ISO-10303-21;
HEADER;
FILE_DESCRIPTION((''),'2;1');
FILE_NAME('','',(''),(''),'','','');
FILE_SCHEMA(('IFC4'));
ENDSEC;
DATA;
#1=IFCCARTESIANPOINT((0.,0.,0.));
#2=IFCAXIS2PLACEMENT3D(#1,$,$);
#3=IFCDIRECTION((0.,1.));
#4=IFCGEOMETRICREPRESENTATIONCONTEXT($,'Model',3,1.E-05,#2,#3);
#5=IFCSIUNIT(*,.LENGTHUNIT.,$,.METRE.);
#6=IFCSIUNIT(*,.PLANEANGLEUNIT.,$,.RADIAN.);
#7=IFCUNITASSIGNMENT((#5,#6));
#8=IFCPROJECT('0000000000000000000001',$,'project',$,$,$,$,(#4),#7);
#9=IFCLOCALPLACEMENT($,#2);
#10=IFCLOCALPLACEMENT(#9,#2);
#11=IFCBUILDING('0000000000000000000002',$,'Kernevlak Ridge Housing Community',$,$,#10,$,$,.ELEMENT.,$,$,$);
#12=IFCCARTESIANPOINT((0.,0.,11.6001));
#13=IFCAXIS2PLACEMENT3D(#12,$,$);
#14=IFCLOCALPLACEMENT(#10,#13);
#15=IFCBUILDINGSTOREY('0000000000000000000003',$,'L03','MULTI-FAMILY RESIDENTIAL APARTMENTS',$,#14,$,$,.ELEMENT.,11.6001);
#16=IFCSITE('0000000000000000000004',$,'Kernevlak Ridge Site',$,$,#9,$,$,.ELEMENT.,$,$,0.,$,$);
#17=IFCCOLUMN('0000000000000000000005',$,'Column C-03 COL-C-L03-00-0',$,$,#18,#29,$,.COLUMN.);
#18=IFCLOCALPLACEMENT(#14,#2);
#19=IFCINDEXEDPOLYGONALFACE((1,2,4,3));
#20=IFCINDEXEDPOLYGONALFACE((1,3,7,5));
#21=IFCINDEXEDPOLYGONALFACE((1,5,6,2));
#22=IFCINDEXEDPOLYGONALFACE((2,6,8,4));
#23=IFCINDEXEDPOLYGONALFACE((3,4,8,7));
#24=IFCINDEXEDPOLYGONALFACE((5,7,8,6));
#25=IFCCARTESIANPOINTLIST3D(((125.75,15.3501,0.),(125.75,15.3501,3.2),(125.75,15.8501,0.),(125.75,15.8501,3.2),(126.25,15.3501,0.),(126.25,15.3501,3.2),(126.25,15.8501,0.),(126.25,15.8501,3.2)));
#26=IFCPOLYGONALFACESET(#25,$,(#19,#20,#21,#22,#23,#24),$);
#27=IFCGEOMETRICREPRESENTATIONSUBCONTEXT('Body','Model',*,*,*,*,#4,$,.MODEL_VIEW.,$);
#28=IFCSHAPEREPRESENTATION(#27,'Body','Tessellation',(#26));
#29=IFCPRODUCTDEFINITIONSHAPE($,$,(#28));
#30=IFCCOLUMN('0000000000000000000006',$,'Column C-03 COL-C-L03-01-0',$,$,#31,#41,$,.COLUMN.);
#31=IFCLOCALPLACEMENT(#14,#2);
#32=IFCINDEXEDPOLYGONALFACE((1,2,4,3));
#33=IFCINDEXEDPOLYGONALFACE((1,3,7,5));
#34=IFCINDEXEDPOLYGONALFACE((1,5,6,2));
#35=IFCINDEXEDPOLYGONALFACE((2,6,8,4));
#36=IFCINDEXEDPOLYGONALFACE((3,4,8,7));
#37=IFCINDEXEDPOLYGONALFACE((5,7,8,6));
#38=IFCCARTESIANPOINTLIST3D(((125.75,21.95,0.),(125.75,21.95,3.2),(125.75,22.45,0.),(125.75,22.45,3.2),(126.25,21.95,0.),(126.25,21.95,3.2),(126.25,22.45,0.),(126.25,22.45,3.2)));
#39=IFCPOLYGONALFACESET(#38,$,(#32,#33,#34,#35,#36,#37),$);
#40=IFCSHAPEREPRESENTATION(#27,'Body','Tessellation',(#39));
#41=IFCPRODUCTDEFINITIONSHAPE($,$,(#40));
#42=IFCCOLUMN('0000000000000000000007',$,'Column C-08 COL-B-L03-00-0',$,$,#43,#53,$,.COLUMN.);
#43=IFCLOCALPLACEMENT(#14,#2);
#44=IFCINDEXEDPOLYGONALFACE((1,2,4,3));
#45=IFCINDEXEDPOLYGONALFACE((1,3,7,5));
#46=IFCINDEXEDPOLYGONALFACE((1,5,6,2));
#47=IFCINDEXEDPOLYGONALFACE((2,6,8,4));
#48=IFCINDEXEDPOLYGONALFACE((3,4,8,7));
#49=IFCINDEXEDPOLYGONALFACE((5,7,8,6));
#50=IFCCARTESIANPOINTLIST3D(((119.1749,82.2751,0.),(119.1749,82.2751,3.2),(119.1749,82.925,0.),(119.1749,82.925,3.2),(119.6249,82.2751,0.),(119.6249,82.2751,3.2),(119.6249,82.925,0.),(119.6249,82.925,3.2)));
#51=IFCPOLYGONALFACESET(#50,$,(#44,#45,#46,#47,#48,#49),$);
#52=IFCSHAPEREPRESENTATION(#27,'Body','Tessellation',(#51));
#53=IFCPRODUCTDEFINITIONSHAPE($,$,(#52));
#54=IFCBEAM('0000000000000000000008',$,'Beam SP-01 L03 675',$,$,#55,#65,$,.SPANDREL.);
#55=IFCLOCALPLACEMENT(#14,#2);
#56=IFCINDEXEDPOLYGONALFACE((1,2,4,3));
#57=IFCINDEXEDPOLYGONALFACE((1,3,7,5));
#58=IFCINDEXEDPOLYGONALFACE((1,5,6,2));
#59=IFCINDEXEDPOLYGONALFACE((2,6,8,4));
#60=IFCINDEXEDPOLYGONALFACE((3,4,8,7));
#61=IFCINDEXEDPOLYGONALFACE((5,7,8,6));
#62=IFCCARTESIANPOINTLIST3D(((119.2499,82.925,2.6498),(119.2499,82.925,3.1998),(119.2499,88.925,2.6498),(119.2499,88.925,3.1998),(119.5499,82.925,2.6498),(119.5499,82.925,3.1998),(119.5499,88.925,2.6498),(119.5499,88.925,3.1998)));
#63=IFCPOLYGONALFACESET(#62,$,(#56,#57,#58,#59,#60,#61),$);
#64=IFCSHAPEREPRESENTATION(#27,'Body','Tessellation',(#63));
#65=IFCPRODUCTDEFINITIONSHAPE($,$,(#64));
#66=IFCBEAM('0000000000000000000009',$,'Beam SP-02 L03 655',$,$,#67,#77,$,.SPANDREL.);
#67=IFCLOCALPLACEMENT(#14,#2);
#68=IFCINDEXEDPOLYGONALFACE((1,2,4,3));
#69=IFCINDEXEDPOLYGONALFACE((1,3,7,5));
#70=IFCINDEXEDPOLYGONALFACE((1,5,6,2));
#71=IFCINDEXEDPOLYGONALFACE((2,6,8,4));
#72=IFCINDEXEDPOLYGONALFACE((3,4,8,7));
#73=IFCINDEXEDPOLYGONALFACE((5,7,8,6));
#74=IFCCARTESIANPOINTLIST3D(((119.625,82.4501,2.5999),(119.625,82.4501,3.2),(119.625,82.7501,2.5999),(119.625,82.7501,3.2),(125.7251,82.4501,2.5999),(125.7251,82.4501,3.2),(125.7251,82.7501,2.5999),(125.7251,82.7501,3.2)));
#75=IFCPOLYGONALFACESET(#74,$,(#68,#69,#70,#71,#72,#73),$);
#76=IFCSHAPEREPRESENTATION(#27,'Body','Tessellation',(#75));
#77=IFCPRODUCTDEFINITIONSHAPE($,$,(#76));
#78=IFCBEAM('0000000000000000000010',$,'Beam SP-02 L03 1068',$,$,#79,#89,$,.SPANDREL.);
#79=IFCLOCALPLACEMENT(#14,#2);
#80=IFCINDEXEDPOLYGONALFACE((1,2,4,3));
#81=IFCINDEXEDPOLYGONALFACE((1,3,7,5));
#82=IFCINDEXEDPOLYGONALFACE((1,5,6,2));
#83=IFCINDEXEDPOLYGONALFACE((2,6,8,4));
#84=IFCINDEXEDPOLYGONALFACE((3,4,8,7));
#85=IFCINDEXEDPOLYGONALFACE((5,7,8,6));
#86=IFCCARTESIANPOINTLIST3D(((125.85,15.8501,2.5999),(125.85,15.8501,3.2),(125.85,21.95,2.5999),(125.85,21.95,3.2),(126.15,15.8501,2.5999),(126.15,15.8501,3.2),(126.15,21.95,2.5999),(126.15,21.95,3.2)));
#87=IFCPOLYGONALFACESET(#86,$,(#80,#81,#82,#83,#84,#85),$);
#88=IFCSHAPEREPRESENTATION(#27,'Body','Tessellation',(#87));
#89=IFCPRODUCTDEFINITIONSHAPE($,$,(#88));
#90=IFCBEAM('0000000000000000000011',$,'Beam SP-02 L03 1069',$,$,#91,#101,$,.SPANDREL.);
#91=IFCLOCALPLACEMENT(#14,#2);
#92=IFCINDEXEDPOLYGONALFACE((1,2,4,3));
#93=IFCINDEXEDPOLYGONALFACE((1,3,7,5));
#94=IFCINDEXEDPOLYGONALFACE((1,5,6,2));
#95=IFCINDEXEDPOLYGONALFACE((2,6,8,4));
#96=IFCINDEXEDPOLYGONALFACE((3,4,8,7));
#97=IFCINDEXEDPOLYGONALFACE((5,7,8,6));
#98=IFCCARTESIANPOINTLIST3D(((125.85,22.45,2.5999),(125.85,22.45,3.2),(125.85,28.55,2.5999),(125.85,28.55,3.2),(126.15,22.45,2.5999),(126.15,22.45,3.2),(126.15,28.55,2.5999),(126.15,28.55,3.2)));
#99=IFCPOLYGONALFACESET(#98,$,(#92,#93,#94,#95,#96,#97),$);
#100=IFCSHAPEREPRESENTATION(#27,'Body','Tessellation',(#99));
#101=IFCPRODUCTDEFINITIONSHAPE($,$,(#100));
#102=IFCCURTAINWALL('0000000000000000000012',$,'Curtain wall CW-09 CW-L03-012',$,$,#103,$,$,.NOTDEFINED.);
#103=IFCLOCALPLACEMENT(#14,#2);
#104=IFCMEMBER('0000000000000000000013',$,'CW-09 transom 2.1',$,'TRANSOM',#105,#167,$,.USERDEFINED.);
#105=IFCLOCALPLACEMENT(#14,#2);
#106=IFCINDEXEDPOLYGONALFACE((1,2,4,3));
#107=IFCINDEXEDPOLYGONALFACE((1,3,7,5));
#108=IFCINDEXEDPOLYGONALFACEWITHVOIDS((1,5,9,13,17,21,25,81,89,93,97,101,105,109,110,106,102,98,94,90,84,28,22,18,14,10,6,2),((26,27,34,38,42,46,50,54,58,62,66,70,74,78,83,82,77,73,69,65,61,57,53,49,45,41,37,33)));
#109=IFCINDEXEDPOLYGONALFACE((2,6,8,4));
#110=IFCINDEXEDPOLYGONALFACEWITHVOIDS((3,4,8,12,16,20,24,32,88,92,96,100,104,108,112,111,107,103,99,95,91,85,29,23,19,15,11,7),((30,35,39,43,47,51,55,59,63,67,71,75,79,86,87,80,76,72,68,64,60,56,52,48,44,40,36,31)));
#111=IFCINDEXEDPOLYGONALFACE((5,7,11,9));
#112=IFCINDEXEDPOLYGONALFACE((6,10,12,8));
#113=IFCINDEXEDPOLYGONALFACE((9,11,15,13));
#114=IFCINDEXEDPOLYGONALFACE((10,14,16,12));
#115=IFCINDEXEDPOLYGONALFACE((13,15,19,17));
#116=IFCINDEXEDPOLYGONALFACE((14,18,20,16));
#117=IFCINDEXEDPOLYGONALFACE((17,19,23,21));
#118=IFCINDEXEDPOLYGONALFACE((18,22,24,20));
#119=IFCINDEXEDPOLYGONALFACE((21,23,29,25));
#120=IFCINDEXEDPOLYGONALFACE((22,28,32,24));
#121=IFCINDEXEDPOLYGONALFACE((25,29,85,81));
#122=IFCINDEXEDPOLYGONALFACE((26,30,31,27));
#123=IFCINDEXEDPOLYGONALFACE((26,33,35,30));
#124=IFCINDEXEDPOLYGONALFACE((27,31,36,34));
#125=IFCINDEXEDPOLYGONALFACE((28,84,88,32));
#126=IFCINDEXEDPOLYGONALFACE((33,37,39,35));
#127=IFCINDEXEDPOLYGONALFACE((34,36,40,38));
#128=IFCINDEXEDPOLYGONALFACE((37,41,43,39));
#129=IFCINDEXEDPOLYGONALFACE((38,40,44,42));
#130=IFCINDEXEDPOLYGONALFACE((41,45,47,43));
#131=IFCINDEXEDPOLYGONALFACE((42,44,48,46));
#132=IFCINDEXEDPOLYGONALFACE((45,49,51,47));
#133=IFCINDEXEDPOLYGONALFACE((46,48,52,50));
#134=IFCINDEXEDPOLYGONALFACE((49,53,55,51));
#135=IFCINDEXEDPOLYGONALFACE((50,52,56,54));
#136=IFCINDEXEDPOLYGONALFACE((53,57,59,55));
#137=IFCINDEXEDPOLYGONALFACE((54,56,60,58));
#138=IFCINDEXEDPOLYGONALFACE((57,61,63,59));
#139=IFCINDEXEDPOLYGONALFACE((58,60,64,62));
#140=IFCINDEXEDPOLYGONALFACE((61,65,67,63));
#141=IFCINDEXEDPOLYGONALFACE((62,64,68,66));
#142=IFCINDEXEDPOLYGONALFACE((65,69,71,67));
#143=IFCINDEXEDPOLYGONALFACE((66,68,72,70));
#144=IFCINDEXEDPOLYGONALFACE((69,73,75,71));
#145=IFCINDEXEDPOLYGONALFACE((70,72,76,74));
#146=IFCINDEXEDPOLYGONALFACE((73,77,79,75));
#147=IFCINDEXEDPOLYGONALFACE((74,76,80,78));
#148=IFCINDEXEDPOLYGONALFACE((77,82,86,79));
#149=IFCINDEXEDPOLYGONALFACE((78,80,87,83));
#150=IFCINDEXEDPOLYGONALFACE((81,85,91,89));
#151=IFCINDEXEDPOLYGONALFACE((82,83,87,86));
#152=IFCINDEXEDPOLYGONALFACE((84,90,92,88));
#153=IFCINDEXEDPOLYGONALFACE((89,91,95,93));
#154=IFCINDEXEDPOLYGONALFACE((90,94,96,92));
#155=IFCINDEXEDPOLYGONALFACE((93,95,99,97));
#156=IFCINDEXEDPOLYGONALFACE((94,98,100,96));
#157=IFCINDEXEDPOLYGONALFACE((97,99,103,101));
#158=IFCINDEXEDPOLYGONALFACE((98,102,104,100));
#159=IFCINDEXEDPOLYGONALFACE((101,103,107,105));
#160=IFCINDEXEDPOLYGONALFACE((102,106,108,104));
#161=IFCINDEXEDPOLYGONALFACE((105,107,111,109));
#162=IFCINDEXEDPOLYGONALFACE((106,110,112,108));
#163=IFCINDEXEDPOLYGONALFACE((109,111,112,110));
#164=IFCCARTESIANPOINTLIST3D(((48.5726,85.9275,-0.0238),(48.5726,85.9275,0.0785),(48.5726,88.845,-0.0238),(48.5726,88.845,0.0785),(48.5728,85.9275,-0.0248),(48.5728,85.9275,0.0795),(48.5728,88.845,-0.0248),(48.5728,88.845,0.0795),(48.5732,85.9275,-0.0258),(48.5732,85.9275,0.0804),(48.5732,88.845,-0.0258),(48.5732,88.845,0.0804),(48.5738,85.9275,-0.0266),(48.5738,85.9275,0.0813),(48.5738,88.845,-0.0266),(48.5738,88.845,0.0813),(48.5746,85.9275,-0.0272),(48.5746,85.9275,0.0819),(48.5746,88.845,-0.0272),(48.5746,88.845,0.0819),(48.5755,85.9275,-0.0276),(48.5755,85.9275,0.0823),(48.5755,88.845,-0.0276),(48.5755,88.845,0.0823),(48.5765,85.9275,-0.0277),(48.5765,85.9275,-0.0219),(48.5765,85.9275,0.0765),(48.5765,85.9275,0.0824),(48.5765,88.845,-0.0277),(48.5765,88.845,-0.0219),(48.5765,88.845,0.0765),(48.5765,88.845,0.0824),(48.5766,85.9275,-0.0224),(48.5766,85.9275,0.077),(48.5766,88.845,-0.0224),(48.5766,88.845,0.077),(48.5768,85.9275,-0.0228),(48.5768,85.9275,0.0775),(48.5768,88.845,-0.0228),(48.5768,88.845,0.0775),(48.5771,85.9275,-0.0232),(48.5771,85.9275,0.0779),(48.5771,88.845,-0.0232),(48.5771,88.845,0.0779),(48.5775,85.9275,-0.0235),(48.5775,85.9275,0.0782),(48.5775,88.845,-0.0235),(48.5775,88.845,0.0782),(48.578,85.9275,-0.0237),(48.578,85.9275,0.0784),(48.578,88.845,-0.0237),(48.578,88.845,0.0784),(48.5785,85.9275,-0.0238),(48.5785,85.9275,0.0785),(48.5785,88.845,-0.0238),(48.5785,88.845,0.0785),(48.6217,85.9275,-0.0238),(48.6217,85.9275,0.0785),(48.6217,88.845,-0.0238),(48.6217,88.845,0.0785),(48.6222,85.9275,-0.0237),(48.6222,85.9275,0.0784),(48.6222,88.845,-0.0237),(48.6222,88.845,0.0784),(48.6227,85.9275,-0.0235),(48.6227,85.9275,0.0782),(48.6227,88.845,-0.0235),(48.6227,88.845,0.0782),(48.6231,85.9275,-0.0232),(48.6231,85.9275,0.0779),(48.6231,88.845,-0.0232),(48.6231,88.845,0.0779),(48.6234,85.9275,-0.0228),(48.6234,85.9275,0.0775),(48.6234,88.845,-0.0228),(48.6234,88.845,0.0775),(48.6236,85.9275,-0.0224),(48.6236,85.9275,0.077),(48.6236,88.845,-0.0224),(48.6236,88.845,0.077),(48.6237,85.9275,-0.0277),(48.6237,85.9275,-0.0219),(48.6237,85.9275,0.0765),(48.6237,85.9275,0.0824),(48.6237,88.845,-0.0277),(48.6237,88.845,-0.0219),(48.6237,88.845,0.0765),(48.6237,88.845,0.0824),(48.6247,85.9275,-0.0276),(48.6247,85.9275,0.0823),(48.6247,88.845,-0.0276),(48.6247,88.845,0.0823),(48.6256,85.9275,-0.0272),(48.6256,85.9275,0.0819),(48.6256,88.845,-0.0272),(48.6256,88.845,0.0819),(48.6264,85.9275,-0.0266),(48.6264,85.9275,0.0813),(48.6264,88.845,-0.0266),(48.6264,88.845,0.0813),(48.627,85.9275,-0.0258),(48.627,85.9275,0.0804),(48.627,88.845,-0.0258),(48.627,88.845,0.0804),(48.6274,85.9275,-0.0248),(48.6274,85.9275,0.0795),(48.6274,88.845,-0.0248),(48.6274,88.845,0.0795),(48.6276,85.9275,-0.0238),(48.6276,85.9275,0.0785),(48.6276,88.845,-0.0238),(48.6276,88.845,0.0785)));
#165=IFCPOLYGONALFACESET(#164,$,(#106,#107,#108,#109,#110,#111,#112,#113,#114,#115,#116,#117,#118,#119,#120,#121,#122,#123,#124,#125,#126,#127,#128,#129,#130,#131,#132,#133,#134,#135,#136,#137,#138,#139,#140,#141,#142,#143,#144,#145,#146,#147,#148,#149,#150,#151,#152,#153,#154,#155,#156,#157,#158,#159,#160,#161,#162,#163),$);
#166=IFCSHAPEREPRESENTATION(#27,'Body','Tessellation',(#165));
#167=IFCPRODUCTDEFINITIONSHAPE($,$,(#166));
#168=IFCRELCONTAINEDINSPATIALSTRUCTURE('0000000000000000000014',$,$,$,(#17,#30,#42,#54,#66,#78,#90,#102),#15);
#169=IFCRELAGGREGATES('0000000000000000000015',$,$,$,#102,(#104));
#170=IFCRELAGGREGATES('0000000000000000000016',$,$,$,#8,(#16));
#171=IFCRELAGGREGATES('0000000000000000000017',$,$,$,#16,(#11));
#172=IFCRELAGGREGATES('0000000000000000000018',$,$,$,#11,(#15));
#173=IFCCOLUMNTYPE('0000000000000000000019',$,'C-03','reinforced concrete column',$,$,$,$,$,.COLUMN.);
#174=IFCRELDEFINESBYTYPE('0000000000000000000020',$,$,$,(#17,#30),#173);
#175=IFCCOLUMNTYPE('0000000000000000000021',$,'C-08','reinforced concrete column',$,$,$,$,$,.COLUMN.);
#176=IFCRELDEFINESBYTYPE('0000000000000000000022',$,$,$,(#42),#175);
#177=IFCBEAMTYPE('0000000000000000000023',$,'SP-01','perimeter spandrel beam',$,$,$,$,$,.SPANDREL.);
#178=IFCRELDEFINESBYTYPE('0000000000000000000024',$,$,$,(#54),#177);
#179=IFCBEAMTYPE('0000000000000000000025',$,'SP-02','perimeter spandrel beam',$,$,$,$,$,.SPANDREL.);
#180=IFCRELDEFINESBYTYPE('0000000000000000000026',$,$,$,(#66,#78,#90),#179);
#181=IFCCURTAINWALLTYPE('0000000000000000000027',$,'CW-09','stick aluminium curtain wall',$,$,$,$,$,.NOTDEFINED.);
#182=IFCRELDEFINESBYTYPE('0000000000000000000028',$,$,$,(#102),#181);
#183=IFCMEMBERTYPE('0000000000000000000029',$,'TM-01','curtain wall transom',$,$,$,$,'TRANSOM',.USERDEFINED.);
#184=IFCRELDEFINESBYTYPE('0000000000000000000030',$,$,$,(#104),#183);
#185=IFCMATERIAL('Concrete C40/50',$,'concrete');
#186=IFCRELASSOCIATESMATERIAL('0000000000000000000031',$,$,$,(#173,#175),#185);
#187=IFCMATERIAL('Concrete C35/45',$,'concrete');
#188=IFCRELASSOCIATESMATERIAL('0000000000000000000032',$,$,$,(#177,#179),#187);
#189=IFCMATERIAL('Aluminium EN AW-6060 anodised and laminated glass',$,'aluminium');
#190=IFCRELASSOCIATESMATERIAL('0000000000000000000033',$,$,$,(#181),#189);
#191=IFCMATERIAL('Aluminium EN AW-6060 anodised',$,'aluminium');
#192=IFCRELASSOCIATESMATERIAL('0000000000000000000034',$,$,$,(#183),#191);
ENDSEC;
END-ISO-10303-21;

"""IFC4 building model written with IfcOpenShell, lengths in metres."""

from ifc_helpers import new_model, si_unit, direction, frame, origin, origin_2d, place, context, subcontext, project, spatial, rectangle, hollow_rectangle, extrude, material, material_profile, profile_set, type_object, element, aggregate, save


model = new_model("IFC4")

# Units and contexts
model_context = context("Model", 3, precision=1e-05, world=origin(), true_north=direction((0.0, 1.0)))
body_context = subcontext(model_context, "Body", "Model", "MODEL_VIEW")
ifc_project = project(units=[si_unit("LENGTHUNIT", "METRE"), si_unit("PLANEANGLEUNIT", "RADIAN")], contexts=[model_context])

# Site, building, storey
site_placement = place(None, origin())
site = spatial("IfcSite", under=ifc_project, at=site_placement, Name="Kernevlak Ridge Site", CompositionType="ELEMENT", RefElevation=0.0)
building_placement = place(site_placement, origin())
building = spatial("IfcBuilding", under=site, at=building_placement, Name="Kernevlak Ridge Housing Community", CompositionType="ELEMENT")
storey_placement = place(building_placement, frame((0.0, 0.0, 11.6001)))
storey = spatial("IfcBuildingStorey", under=building, at=storey_placement, Name="L03", Description="MULTI-FAMILY RESIDENTIAL APARTMENTS", CompositionType="ELEMENT", Elevation=11.6001)

# Columns
ifc_material_1 = material(Name="Concrete C40/50", Category="concrete")
ifc_material_profile_1 = material_profile(ifc_material_1, rectangle(XDim=0.5, YDim=0.5, at=origin_2d()), Name="RC 500x500")
ifc_profile_set_1 = profile_set([ifc_material_profile_1], Name="Concrete C40/50")
column_type_1 = type_object("IfcColumnType", Name="C-03", Description="reinforced concrete column", PredefinedType="COLUMN", material=ifc_profile_set_1)
for number, where, z_axis, x_axis, name in (
    (1, (126.0, 15.6001, 0.0), (0.0, 0.0, 1.0), (1.0, 0.0, 0.0), "Column C-03 COL-C-L03-00-0"),
    (2, (126.0, 22.2, 0.0), (0.0, 0.0, 1.0), (1.0, 0.0, 0.0), "Column C-03 COL-C-L03-01-0"),
):
    element("IfcColumn", number, at=place(storey_placement, frame(where, z_axis=z_axis, x_axis=x_axis)), inside=storey, type_object=column_type_1, Name=name, PredefinedType="COLUMN", context=body_context, shape_type="SweptSolid", body=[
        extrude(rectangle(XDim=0.5, YDim=0.5, at=origin_2d()), origin(), (0.0, 0.0, 1.0), 3.2),
    ])
ifc_material_profile_2 = material_profile(ifc_material_1, rectangle(XDim=0.45, YDim=0.6499, at=origin_2d()), Name="RC 450x650")
ifc_profile_set_2 = profile_set([ifc_material_profile_2], Name="Concrete C40/50")
column_type_2 = type_object("IfcColumnType", Name="C-08", Description="reinforced concrete column", PredefinedType="COLUMN", material=ifc_profile_set_2)
column_placement = place(storey_placement, frame((119.3999, 82.6001, 0.0), z_axis=(0.0, 0.0, 1.0), x_axis=(1.0, 0.0, 0.0)))
element("IfcColumn", 3, at=column_placement, inside=storey, type_object=column_type_2, Name="Column C-08 COL-B-L03-00-0", PredefinedType="COLUMN", context=body_context, shape_type="SweptSolid", body=[
    extrude(rectangle(XDim=0.45, YDim=0.6499, at=origin_2d()), origin(), (0.0, 0.0, 1.0), 3.2),
])

# Beams
ifc_material_2 = material(Name="Concrete C35/45", Category="concrete")
ifc_material_profile_3 = material_profile(ifc_material_2, rectangle(XDim=0.3, YDim=0.55, at=origin_2d()), Name="RC 300x550")
ifc_profile_set_3 = profile_set([ifc_material_profile_3], Name="Concrete C35/45")
beam_type_1 = type_object("IfcBeamType", Name="SP-01", Description="perimeter spandrel beam", PredefinedType="SPANDREL", material=ifc_profile_set_3)
beam_1_placement = place(storey_placement, frame((119.3999, 82.925, 2.9248), z_axis=(0.0, 1.0, 0.0), x_axis=(-1.0, 0.0, 0.0)))
element("IfcBeam", 4, at=beam_1_placement, inside=storey, type_object=beam_type_1, Name="Beam SP-01 L03 675", PredefinedType="SPANDREL", context=body_context, shape_type="SweptSolid", body=[
    extrude(rectangle(XDim=0.3, YDim=0.55, at=origin_2d()), origin(), (0.0, 0.0, 1.0), 6.0),
])
ifc_material_profile_4 = material_profile(ifc_material_2, rectangle(XDim=0.3, YDim=0.6001, at=origin_2d()), Name="RC 300x600")
ifc_profile_set_4 = profile_set([ifc_material_profile_4], Name="Concrete C35/45")
beam_type_2 = type_object("IfcBeamType", Name="SP-02", Description="perimeter spandrel beam", PredefinedType="SPANDREL", material=ifc_profile_set_4)
beam_2_placement = place(storey_placement, frame((119.625, 82.6001, 2.8999), z_axis=(1.0, 0.0, 0.0), x_axis=(0.0, 1.0, 0.0)))
element("IfcBeam", 5, at=beam_2_placement, inside=storey, type_object=beam_type_2, Name="Beam SP-02 L03 655", PredefinedType="SPANDREL", context=body_context, shape_type="SweptSolid", body=[
    extrude(rectangle(XDim=0.3, YDim=0.6001, at=origin_2d()), origin(), (0.0, 0.0, 1.0), 6.1001),
])
beam_3_placement = place(storey_placement, frame((126.0, 15.8501, 2.8999), z_axis=(0.0, 1.0, 0.0), x_axis=(-1.0, 0.0, 0.0)))
element("IfcBeam", 6, at=beam_3_placement, inside=storey, type_object=beam_type_2, Name="Beam SP-02 L03 1068", PredefinedType="SPANDREL", context=body_context, shape_type="SweptSolid", body=[
    extrude(rectangle(XDim=0.3, YDim=0.6001, at=origin_2d()), origin(), (0.0, 0.0, 1.0), 6.0999),
])
beam_4_placement = place(storey_placement, frame((126.0, 22.45, 2.8999), z_axis=(0.0, 1.0, 0.0), x_axis=(-1.0, 0.0, 0.0)))
element("IfcBeam", 7, at=beam_4_placement, inside=storey, type_object=beam_type_2, Name="Beam SP-02 L03 1069", PredefinedType="SPANDREL", context=body_context, shape_type="SweptSolid", body=[
    extrude(rectangle(XDim=0.3, YDim=0.6001, at=origin_2d()), origin(), (0.0, 0.0, 1.0), 6.1001),
])

# Curtain wall, member
ifc_material_3 = material(Name="Aluminium EN AW-6060 anodised and laminated glass", Category="aluminium")
curtain_wall_type = type_object("IfcCurtainWallType", Name="CW-09", Description="stick aluminium curtain wall", PredefinedType="NOTDEFINED", material=ifc_material_3)
curtain_wall_placement = place(storey_placement, origin())
curtain_wall = element("IfcCurtainWall", 8, at=curtain_wall_placement, inside=storey, type_object=curtain_wall_type, Name="Curtain wall CW-09 CW-L03-012", PredefinedType="NOTDEFINED")
ifc_material_4 = material(Name="Aluminium EN AW-6060 anodised", Category="aluminium")
ifc_material_profile_5 = material_profile(ifc_material_4, hollow_rectangle(XDim=0.0549, YDim=0.1101, WallThickness=0.0039, InnerFilletRadius=0.002, OuterFilletRadius=0.0039, at=origin_2d()), Name="ALU 55x110x4")
ifc_profile_set_5 = profile_set([ifc_material_profile_5], Name="Aluminium EN AW-6060 anodised")
member_type = type_object("IfcMemberType", Name="TM-01", Description="curtain wall transom", ElementType="TRANSOM", PredefinedType="USERDEFINED", material=ifc_profile_set_5)
member_1_placement = place(storey_placement, frame((48.6001, 85.9275, 0.0273), z_axis=(0.0, 1.0, 0.0), x_axis=(-1.0, 0.0, 0.0)))
member_1 = element("IfcMember", 9, at=member_1_placement, type_object=member_type, Name="CW-09 transom 2.1", ObjectType="TRANSOM", PredefinedType="USERDEFINED", context=body_context, shape_type="SweptSolid", body=[
    extrude(hollow_rectangle(XDim=0.0549, YDim=0.1101, WallThickness=0.0039, InnerFilletRadius=0.002, OuterFilletRadius=0.0039, at=origin_2d()), origin(), (0.0, 0.0, 1.0), 2.9175),
])
aggregate(curtain_wall, [member_1])

save(model, "model.ifc")
